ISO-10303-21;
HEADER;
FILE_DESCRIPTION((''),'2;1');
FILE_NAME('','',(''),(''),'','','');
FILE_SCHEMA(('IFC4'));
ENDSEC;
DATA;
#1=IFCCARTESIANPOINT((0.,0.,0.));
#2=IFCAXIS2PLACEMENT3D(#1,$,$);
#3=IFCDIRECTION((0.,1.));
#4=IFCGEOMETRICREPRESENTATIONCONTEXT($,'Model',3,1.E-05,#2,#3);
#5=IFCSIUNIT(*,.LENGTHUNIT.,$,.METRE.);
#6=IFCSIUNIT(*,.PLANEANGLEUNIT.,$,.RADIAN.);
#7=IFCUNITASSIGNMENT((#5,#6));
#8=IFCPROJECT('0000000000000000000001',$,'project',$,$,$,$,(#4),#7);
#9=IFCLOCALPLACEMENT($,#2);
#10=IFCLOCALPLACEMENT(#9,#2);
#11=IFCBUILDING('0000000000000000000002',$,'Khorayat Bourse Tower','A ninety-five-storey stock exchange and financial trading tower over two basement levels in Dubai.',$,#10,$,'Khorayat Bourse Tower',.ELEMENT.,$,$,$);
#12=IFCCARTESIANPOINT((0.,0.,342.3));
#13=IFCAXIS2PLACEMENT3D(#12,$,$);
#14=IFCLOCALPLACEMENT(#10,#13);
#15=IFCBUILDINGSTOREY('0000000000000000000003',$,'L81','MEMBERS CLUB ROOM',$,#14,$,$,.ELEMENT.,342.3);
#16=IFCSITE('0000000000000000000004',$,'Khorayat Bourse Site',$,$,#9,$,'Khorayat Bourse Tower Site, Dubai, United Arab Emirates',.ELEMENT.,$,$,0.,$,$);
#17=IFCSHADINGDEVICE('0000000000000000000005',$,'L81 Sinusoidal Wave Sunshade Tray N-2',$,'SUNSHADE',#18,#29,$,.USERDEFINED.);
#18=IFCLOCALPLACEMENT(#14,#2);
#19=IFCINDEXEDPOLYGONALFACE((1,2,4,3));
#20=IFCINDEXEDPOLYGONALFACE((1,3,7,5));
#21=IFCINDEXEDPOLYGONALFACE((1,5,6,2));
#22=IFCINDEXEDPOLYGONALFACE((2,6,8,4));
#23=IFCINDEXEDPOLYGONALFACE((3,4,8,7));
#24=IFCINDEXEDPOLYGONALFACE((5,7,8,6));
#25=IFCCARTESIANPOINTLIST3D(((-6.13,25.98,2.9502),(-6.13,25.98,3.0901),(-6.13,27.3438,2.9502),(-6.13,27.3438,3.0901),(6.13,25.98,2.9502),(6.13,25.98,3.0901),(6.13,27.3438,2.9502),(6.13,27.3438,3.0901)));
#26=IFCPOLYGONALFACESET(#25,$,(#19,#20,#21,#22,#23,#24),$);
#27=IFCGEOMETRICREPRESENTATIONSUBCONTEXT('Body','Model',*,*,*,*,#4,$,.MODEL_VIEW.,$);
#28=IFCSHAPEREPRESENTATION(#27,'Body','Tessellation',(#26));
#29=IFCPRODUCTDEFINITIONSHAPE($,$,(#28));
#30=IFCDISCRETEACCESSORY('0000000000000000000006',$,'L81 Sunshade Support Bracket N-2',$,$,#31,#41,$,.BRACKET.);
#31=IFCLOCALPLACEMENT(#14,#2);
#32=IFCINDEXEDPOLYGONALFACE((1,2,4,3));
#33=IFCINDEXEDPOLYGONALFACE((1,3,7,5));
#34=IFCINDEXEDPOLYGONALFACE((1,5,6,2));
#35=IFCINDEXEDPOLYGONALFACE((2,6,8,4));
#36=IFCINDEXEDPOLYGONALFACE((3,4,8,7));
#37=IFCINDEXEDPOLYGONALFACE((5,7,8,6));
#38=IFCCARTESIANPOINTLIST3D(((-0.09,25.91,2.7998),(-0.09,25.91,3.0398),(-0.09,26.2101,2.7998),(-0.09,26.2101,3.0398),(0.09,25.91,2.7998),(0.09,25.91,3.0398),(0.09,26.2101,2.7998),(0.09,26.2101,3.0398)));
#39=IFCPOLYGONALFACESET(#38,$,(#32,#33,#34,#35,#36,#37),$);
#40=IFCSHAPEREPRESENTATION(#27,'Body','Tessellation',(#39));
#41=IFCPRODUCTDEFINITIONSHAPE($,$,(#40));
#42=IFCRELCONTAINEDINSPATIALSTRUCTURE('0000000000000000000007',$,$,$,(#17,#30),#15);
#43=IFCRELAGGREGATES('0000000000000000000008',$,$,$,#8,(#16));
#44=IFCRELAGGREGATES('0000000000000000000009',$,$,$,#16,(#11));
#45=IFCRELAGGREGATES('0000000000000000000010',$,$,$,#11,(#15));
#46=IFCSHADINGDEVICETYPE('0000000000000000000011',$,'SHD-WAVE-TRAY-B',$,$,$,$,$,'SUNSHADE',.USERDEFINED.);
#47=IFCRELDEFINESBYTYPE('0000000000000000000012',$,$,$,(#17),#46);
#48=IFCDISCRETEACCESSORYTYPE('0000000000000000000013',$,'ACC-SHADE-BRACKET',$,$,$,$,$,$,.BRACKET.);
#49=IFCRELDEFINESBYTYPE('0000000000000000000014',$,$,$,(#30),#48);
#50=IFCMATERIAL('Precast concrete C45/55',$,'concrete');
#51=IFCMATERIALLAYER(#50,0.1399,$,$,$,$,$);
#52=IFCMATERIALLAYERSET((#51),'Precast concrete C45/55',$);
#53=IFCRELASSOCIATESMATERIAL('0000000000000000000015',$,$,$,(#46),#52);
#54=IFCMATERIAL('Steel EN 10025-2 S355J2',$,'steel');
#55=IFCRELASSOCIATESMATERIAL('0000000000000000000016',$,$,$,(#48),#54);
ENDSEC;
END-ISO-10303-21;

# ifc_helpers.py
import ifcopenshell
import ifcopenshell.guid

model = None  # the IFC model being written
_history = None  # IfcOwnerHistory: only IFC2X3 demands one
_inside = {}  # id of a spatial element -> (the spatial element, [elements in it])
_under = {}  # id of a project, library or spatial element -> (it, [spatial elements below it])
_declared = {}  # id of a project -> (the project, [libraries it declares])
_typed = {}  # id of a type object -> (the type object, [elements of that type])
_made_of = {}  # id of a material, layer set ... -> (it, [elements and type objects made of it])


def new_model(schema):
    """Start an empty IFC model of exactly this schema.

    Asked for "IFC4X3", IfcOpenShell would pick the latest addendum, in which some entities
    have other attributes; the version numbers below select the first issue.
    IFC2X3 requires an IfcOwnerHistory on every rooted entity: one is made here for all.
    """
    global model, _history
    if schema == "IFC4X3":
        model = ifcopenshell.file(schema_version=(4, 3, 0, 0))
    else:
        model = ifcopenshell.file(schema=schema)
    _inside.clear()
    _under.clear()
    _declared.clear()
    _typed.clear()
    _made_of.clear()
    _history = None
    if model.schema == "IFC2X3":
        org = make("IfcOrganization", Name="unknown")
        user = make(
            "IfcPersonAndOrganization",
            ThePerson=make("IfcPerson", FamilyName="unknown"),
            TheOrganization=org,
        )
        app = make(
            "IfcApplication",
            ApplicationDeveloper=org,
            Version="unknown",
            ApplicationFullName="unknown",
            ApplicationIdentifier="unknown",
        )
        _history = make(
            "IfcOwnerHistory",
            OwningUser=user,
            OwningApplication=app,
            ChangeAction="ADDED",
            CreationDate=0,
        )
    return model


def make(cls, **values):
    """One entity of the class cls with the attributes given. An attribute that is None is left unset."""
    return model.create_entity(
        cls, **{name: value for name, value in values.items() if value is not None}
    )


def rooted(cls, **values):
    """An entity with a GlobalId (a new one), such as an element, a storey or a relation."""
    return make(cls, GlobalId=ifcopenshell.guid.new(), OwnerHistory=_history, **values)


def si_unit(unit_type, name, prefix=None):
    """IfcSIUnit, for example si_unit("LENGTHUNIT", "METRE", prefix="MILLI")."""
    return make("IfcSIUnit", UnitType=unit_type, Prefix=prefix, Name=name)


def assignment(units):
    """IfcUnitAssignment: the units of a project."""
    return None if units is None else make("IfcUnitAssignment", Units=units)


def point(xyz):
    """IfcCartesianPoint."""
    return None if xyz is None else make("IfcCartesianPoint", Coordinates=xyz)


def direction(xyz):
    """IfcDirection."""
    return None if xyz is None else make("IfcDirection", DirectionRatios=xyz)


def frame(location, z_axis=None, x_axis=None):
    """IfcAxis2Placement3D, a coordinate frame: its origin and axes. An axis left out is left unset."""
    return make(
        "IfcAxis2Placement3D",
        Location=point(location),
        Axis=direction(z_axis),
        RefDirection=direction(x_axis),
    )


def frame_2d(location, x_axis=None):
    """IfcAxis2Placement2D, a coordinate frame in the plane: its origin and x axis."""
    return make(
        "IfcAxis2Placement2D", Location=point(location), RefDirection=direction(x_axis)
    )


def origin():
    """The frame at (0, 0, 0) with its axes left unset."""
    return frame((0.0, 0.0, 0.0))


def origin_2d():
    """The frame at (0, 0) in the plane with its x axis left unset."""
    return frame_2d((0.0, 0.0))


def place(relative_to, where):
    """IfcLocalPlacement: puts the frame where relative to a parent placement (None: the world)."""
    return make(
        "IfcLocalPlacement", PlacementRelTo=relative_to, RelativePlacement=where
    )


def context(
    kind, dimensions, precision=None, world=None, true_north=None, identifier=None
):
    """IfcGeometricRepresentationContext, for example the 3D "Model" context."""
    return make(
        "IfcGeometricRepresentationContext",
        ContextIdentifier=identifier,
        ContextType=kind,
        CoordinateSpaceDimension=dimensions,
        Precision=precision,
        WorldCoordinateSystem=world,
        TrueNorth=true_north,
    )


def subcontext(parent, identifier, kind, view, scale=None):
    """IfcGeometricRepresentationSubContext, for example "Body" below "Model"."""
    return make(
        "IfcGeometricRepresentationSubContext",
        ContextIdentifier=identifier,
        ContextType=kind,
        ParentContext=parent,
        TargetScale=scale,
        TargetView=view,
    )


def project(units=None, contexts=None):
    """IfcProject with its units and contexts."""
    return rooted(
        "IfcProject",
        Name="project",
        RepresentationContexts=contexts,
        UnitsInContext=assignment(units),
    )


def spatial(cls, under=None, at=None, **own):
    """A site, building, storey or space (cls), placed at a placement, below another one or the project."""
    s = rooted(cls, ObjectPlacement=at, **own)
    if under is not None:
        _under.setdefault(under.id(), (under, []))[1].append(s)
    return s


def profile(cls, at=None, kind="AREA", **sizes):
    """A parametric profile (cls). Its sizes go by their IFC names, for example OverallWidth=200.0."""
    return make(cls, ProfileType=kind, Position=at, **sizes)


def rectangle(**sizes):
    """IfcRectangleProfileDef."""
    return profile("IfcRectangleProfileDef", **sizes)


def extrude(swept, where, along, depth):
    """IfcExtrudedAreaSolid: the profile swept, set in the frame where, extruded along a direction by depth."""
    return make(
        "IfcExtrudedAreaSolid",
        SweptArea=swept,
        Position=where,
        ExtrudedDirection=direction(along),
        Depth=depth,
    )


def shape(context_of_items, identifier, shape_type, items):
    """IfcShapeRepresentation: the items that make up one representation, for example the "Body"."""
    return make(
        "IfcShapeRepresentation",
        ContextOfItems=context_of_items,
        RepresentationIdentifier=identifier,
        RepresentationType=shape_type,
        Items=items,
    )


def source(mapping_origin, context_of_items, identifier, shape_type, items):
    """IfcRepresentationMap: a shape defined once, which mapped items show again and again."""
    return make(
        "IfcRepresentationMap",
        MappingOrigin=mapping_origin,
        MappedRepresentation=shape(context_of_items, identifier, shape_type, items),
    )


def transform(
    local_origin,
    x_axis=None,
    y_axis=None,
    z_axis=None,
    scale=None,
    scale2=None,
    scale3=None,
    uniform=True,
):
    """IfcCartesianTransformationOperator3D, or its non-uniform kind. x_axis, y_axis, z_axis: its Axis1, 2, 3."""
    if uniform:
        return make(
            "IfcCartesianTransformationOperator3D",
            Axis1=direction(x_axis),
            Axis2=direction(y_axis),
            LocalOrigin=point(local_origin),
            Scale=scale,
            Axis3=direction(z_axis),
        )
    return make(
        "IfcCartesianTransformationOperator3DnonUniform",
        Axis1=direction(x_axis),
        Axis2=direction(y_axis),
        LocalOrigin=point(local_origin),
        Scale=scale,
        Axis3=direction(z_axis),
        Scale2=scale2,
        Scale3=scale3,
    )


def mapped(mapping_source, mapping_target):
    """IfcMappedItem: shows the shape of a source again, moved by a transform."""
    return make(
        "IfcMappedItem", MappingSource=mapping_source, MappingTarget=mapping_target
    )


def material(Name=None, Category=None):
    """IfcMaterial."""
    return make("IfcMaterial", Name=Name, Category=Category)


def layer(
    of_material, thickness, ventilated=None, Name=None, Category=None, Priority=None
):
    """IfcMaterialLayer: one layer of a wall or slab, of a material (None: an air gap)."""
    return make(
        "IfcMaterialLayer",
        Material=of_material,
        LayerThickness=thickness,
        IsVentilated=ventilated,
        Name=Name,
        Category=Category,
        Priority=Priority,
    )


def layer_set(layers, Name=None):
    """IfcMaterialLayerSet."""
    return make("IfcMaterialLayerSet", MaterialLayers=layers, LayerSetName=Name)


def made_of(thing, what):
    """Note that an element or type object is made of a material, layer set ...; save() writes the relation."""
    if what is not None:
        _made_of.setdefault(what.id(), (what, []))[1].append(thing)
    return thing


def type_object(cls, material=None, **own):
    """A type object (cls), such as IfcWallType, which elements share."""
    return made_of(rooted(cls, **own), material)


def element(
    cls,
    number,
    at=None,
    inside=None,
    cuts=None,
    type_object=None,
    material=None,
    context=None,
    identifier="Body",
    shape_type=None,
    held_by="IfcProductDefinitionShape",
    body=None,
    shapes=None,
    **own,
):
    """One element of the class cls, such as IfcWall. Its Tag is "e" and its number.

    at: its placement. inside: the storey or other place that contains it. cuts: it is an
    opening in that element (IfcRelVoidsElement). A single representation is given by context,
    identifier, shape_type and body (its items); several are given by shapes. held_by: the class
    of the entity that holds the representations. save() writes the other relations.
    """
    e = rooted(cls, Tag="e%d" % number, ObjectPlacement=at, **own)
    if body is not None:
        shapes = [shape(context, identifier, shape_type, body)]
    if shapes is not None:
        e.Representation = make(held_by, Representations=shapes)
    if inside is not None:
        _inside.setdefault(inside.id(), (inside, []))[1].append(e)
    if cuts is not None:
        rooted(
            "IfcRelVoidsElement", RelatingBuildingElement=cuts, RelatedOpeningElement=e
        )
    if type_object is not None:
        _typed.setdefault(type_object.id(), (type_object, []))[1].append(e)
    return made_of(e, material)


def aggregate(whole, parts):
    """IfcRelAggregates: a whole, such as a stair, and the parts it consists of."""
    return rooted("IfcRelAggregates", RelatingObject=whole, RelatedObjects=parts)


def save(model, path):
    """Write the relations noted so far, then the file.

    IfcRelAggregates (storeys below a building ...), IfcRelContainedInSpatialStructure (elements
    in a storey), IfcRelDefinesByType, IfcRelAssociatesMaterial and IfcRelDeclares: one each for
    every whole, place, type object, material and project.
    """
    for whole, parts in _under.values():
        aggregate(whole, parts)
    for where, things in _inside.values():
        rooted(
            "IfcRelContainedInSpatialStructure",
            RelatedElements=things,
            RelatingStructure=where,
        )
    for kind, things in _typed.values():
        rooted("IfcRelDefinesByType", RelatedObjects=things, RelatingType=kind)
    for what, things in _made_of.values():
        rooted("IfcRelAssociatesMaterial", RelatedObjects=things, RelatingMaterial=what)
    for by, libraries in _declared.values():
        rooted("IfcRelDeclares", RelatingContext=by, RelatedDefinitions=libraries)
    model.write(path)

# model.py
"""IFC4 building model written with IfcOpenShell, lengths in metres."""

from ifc_helpers import new_model, si_unit, direction, frame, origin, origin_2d, place, context, subcontext, project, spatial, rectangle, extrude, source, transform, mapped, material, layer, layer_set, type_object, element, save


model = new_model("IFC4")

# Units and contexts
model_context = context("Model", 3, precision=1e-05, world=origin(), true_north=direction((0.0, 1.0)))
body_context = subcontext(model_context, "Body", "Model", "MODEL_VIEW")
ifc_project = project(units=[si_unit("LENGTHUNIT", "METRE"), si_unit("PLANEANGLEUNIT", "RADIAN")], contexts=[model_context])

# Site, building, storey
site_placement = place(None, origin())
site = spatial("IfcSite", under=ifc_project, at=site_placement, Name="Khorayat Bourse Site", LongName="Khorayat Bourse Tower Site, Dubai, United Arab Emirates", CompositionType="ELEMENT", RefElevation=0.0)
building_placement = place(site_placement, origin())
building = spatial("IfcBuilding", under=site, at=building_placement, Name="Khorayat Bourse Tower", Description="A ninety-five-storey stock exchange and financial trading tower over two basement levels in Dubai.", LongName="Khorayat Bourse Tower", CompositionType="ELEMENT")
storey_placement = place(building_placement, frame((0.0, 0.0, 342.3)))
storey = spatial("IfcBuildingStorey", under=building, at=storey_placement, Name="L81", Description="MEMBERS CLUB ROOM", CompositionType="ELEMENT", Elevation=342.3)

# Shared definitions
ifc_material_1 = material(Name="Steel EN 10025-2 S355J2", Category="steel")

# Shading device
ifc_material_2 = material(Name="Precast concrete C45/55", Category="concrete")
ifc_layer_1 = layer(ifc_material_2, 0.1399)
ifc_layer_set_1 = layer_set([ifc_layer_1], Name="Precast concrete C45/55")
shading_device_type = type_object("IfcShadingDeviceType", Name="SHD-WAVE-TRAY-B", ElementType="SUNSHADE", PredefinedType="USERDEFINED", material=ifc_layer_set_1)
shared_shape_1 = source(origin(), body_context, "Body", "SweptSolid", [
    extrude(rectangle(XDim=12.26, YDim=1.3638, at=origin_2d()), origin(), (0.0, 0.0, 1.0), 0.1399),
])
shading_device_placement = place(storey_placement, frame((0.0, 26.6619, 2.9502), z_axis=(0.0, 0.0, 1.0), x_axis=(1.0, 0.0, 0.0)))
element("IfcShadingDevice", 1, at=shading_device_placement, inside=storey, type_object=shading_device_type, Name="L81 Sinusoidal Wave Sunshade Tray N-2", ObjectType="SUNSHADE", PredefinedType="USERDEFINED", context=body_context, shape_type="MappedRepresentation", body=[
    mapped(shared_shape_1, transform((0.0, 0.0, 0.0), scale=1.0)),
])

# Discrete accessory
discrete_accessory_type = type_object("IfcDiscreteAccessoryType", Name="ACC-SHADE-BRACKET", PredefinedType="BRACKET", material=ifc_material_1)
shared_shape_2 = source(origin(), body_context, "Body", "SweptSolid", [
    extrude(rectangle(XDim=0.1799, YDim=0.3, at=origin_2d()), origin(), (0.0, 0.0, 1.0), 0.24),
])
discrete_accessory_placement = place(storey_placement, frame((0.0, 26.0601, 2.7998), z_axis=(0.0, 0.0, 1.0), x_axis=(1.0, 0.0, 0.0)))
element("IfcDiscreteAccessory", 2, at=discrete_accessory_placement, inside=storey, type_object=discrete_accessory_type, Name="L81 Sunshade Support Bracket N-2", PredefinedType="BRACKET", context=body_context, shape_type="MappedRepresentation", body=[
    mapped(shared_shape_2, transform((0.0, 0.0, 0.0), scale=1.0)),
])

save(model, "model.ifc")
